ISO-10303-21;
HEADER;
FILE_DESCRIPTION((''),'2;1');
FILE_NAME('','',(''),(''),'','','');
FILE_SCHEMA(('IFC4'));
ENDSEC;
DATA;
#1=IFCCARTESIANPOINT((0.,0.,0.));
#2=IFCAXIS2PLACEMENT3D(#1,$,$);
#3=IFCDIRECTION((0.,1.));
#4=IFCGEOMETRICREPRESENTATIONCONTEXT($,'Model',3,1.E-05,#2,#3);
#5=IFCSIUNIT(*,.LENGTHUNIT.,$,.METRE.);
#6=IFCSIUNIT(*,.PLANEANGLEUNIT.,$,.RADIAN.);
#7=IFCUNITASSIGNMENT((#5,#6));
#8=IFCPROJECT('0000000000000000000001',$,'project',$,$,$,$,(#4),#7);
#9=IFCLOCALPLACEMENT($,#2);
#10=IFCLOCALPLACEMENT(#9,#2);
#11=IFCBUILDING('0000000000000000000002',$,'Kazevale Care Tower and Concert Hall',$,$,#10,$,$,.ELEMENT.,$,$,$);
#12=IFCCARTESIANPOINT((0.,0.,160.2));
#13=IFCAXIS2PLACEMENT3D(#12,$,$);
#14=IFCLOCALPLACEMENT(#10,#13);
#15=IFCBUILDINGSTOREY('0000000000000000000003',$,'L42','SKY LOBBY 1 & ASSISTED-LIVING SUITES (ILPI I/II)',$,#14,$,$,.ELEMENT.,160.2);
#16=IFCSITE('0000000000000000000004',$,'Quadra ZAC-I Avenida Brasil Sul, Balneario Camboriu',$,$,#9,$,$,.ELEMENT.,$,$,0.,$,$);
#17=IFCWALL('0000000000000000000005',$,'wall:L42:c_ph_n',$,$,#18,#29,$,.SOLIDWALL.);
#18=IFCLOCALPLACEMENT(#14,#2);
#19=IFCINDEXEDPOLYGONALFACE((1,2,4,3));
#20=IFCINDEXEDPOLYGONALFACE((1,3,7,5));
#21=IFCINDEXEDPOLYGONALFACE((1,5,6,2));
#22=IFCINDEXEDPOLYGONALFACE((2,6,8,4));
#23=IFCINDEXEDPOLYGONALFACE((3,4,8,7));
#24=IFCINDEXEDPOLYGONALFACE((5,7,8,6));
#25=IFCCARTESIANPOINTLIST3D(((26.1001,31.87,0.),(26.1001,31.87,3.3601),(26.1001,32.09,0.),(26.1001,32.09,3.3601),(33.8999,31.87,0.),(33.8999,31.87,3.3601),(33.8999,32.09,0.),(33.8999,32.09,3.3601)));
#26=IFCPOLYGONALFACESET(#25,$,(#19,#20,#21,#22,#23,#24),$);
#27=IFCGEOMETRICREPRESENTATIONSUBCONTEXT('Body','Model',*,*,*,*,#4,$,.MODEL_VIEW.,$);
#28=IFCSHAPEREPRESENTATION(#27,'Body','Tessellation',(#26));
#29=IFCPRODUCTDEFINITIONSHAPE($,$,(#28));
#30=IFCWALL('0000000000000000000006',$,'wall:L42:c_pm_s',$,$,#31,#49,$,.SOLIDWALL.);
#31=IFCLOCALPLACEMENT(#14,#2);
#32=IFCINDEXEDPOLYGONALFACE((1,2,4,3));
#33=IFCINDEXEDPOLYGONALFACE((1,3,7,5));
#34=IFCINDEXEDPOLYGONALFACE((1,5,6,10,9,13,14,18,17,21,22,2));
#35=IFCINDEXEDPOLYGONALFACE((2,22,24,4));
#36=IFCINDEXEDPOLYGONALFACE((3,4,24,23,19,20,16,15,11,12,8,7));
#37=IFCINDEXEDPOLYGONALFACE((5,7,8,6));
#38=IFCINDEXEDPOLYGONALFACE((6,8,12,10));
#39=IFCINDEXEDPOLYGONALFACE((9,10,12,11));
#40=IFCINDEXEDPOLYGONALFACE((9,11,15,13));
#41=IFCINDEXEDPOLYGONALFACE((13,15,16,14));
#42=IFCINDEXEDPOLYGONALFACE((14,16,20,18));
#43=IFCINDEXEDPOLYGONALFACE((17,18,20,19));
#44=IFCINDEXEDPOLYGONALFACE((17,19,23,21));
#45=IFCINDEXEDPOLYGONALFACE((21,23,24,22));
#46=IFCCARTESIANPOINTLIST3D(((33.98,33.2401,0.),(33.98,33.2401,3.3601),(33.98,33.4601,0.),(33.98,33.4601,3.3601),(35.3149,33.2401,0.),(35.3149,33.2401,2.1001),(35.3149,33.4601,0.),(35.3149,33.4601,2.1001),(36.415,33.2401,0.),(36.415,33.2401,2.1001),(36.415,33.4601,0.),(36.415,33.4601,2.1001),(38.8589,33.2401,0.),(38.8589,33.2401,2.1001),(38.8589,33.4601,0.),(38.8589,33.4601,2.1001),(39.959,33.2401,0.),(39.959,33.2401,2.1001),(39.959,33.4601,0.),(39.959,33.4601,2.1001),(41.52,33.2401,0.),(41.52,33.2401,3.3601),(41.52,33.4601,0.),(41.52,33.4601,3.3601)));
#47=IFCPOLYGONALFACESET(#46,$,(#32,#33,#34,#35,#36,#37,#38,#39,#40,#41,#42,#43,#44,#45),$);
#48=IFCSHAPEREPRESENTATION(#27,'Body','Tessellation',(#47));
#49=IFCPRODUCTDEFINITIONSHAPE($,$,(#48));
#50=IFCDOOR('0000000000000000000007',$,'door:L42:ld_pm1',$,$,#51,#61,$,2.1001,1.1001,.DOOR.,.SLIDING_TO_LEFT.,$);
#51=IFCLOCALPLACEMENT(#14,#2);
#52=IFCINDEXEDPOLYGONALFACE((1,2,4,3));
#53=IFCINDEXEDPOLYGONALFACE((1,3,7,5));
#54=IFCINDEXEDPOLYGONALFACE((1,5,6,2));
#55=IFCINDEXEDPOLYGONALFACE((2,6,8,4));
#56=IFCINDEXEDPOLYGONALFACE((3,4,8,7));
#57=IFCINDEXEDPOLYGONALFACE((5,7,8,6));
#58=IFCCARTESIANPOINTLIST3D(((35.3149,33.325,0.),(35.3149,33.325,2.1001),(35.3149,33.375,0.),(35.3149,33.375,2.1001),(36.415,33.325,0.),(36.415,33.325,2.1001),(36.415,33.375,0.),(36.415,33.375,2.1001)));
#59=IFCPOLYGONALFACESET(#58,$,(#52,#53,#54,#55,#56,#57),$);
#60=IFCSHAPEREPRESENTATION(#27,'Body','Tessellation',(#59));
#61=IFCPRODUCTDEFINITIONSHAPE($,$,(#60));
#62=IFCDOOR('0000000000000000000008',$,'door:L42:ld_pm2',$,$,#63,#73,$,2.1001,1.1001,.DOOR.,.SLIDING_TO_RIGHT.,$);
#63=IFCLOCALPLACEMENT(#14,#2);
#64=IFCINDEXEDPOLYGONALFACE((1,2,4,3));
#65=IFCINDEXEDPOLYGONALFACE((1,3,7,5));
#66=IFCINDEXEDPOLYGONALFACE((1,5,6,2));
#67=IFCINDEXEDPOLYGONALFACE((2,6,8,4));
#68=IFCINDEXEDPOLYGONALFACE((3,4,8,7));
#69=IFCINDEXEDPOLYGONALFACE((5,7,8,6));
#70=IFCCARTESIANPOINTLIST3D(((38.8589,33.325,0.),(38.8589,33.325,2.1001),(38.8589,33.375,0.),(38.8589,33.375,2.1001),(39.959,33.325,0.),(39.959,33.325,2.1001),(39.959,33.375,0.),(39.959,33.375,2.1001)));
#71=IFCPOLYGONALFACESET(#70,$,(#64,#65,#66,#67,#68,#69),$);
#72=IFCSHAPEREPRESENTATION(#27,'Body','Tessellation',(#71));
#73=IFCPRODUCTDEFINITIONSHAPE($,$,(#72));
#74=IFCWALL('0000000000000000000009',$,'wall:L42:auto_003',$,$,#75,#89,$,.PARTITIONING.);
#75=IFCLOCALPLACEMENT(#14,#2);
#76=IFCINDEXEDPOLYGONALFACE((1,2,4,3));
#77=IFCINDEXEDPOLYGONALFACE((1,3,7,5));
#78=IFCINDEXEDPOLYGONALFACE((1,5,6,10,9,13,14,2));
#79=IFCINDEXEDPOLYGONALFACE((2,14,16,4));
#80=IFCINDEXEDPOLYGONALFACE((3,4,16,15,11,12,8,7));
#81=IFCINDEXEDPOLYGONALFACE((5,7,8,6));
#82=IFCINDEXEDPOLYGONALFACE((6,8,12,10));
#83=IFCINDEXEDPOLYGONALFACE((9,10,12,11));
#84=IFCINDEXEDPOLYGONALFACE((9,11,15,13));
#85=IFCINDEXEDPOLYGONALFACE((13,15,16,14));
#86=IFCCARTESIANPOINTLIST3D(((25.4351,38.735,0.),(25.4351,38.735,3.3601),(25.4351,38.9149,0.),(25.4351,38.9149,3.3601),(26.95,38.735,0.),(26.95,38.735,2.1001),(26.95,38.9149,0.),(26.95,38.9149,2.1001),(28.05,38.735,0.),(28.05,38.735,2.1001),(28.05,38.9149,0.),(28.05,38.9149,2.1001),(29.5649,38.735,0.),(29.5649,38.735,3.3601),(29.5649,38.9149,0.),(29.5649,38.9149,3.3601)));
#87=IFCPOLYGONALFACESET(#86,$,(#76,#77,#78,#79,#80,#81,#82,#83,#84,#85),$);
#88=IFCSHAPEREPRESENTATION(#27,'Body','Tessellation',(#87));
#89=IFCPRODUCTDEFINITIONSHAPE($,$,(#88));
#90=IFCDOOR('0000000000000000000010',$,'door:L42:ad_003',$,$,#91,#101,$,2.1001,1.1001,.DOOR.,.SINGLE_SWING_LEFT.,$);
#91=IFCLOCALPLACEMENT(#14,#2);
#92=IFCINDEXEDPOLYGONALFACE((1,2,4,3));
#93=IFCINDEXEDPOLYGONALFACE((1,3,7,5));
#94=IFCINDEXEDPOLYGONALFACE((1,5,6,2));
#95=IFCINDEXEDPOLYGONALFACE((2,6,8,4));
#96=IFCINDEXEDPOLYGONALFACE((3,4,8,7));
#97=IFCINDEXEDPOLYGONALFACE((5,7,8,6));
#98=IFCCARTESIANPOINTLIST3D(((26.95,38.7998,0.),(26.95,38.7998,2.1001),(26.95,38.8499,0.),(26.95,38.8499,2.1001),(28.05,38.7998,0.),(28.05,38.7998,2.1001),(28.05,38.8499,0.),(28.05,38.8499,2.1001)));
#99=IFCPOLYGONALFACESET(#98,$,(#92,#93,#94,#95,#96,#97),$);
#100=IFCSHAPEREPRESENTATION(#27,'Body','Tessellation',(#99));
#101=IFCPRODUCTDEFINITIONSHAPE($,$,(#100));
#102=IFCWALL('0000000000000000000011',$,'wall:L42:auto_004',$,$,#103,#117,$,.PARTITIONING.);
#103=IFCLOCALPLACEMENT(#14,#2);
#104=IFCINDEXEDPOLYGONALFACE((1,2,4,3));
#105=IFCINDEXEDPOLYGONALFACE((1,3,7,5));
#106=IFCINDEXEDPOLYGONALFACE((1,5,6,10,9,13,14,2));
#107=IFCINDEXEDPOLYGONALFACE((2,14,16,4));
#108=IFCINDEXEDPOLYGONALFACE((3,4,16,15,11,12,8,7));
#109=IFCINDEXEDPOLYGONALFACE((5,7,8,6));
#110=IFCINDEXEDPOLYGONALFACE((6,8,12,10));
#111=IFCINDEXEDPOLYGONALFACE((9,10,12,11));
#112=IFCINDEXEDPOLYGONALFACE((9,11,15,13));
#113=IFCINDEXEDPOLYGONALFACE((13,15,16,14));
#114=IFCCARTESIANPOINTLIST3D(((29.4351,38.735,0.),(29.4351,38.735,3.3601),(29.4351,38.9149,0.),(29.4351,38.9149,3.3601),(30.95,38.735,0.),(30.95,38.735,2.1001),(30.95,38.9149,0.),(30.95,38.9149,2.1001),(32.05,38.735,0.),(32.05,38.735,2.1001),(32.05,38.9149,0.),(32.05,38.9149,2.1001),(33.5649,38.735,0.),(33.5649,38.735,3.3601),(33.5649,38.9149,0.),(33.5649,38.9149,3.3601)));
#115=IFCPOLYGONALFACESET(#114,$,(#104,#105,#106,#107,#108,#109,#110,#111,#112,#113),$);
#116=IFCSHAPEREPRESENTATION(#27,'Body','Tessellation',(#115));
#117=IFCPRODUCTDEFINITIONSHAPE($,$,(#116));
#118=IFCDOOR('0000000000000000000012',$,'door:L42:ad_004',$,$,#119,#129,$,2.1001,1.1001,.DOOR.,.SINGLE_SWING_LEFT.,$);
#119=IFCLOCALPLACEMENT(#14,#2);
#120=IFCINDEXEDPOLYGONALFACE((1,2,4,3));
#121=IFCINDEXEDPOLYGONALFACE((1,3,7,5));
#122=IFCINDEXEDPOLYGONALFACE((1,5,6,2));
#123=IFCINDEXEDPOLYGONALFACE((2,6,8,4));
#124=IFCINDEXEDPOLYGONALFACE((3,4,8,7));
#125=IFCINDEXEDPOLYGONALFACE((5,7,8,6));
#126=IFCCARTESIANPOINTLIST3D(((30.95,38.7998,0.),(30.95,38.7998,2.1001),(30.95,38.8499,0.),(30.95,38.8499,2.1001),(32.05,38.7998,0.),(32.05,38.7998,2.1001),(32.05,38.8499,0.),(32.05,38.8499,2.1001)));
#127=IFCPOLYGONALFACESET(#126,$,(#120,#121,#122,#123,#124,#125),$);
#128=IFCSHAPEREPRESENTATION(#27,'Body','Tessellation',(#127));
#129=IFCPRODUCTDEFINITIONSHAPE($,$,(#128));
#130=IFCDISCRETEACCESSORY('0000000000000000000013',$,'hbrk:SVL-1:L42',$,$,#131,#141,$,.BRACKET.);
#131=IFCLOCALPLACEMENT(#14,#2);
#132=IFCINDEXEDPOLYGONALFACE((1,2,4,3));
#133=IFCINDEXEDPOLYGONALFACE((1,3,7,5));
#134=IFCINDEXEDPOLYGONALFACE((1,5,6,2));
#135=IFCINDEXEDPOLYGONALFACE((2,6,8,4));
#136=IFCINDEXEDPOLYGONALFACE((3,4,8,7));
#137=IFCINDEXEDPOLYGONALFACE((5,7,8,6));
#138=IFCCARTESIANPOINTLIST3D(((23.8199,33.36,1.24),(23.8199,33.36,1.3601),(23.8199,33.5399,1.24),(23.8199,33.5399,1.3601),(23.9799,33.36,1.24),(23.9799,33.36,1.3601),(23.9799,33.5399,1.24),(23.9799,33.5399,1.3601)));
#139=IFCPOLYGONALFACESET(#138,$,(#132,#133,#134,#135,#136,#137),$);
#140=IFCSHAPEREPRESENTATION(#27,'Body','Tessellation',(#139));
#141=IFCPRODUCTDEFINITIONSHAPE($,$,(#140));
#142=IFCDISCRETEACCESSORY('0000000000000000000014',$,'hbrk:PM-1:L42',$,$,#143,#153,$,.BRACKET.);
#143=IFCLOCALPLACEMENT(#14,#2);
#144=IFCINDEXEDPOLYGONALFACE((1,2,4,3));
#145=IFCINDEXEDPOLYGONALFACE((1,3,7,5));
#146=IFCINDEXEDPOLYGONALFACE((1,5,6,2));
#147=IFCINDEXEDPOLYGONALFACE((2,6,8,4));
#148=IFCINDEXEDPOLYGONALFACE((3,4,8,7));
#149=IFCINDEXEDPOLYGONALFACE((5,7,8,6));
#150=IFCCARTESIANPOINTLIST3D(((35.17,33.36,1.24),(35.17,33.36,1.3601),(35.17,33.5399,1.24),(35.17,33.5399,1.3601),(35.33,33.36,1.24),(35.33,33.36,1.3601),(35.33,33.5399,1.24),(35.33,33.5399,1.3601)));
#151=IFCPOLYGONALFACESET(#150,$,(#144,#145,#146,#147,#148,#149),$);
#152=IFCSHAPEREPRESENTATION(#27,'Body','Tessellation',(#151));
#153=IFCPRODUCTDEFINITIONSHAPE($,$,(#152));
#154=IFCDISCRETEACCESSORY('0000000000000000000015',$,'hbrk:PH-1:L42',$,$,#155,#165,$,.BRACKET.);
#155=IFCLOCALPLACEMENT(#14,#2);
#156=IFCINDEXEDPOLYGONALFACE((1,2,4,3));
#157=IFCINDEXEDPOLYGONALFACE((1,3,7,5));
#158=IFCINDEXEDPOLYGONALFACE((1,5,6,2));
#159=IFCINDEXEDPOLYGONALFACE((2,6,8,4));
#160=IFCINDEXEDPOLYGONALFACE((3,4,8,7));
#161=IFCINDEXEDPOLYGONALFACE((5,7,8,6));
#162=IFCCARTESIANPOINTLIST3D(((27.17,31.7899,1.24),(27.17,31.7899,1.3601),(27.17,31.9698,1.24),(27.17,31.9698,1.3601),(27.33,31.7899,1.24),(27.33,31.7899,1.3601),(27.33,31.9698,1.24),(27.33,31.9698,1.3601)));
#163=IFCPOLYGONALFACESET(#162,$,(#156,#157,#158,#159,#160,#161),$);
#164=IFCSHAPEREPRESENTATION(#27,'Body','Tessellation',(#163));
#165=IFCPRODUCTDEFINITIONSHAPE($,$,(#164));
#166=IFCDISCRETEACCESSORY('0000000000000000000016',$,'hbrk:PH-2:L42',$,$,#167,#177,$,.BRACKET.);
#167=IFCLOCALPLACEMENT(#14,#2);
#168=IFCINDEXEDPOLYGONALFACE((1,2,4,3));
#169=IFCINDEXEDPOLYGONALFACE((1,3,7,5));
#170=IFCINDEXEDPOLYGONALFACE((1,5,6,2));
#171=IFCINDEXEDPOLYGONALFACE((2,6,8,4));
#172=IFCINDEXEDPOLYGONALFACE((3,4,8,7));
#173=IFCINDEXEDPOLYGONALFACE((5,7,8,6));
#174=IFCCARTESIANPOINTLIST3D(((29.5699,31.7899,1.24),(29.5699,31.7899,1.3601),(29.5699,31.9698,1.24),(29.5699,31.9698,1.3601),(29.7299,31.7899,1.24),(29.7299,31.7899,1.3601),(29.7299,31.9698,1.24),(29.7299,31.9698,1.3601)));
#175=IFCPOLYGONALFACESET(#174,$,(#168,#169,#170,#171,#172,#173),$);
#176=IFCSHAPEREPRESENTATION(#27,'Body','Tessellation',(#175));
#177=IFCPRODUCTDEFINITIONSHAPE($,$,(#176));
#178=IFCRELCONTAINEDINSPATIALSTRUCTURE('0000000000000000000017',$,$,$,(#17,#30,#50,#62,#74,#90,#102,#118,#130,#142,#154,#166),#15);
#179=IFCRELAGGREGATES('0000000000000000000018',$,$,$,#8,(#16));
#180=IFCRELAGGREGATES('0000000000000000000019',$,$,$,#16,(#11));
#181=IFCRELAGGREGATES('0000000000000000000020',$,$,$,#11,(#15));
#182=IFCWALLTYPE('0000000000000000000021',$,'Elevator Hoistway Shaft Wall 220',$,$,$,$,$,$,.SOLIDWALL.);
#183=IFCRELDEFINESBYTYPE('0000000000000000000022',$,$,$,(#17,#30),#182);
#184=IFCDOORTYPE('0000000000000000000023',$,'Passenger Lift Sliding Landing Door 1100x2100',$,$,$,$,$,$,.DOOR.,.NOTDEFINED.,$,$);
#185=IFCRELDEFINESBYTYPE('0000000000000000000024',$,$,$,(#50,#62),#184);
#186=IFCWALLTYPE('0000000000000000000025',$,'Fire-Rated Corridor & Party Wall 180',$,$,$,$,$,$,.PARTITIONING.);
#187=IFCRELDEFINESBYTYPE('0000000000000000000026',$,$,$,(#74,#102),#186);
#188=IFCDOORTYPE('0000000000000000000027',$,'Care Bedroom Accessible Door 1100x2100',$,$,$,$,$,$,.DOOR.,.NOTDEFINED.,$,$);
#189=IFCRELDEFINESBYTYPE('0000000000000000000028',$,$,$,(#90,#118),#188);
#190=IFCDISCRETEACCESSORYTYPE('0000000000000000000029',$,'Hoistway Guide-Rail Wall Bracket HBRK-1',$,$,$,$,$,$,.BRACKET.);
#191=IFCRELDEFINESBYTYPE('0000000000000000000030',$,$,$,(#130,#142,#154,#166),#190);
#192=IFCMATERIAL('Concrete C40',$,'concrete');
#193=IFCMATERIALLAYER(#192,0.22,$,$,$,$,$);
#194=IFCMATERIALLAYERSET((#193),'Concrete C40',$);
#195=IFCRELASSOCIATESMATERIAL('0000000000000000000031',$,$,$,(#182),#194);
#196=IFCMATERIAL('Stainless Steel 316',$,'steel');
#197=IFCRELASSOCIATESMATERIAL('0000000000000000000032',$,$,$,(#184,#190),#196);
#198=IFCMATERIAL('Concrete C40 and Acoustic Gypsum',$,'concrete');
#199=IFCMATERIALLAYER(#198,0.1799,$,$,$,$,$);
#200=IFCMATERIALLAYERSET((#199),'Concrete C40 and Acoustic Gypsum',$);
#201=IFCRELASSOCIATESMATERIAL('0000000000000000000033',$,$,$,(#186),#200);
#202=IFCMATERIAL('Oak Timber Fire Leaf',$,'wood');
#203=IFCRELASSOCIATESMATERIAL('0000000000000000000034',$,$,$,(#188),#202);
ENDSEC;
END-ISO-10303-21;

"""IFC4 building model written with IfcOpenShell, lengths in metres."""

from ifc_helpers import new_model, si_unit, direction, frame, frame_2d, origin, origin_2d, place, context, subcontext, project, spatial, rectangle, extrude, material, layer, layer_set, type_object, element, fill, save


model = new_model("IFC4")

# Units and contexts
model_context = context("Model", 3, precision=1e-05, world=origin(), true_north=direction((0.0, 1.0)))
body_context = subcontext(model_context, "Body", "Model", "MODEL_VIEW")
ifc_project = project(units=[si_unit("LENGTHUNIT", "METRE"), si_unit("PLANEANGLEUNIT", "RADIAN")], contexts=[model_context])

# Site, building, storey
site_placement = place(None, origin())
site = spatial("IfcSite", under=ifc_project, at=site_placement, Name="Quadra ZAC-I Avenida Brasil Sul, Balneario Camboriu", CompositionType="ELEMENT", RefElevation=0.0)
building_placement = place(site_placement, origin())
building = spatial("IfcBuilding", under=site, at=building_placement, Name="Kazevale Care Tower and Concert Hall", CompositionType="ELEMENT")
storey_placement = place(building_placement, frame((0.0, 0.0, 160.2)))
storey = spatial("IfcBuildingStorey", under=building, at=storey_placement, Name="L42", Description="SKY LOBBY 1 & ASSISTED-LIVING SUITES (ILPI I/II)", CompositionType="ELEMENT", Elevation=160.2)

# Shared definitions
ifc_material_1 = material(Name="Oak Timber Fire Leaf", Category="wood")

# Wall
ifc_material_2 = material(Name="Concrete C40", Category="concrete")
ifc_layer_1 = layer(ifc_material_2, 0.22)
ifc_layer_set_1 = layer_set([ifc_layer_1], Name="Concrete C40")
wall_type_1 = type_object("IfcWallType", Name="Elevator Hoistway Shaft Wall 220", PredefinedType="SOLIDWALL", material=ifc_layer_set_1)
wall_1_placement = place(storey_placement, frame((26.1001, 31.98, 0.0), z_axis=(0.0, 0.0, 1.0), x_axis=(1.0, 0.0, 0.0)))
element("IfcWall", 1, at=wall_1_placement, inside=storey, type_object=wall_type_1, Name="wall:L42:c_ph_n", PredefinedType="SOLIDWALL", context=body_context, shape_type="SweptSolid", body=[
    extrude(rectangle(XDim=7.7998, YDim=0.22, at=frame_2d((3.8999, 0.0))), origin(), (0.0, 0.0, 1.0), 3.3601),
])

# Wall, openings, doors
wall_2_placement = place(storey_placement, frame((33.98, 33.3501, 0.0), z_axis=(0.0, 0.0, 1.0), x_axis=(1.0, 0.0, 0.0)))
wall_2 = element("IfcWall", 2, at=wall_2_placement, inside=storey, type_object=wall_type_1, Name="wall:L42:c_pm_s", PredefinedType="SOLIDWALL", context=body_context, shape_type="SweptSolid", body=[
    extrude(rectangle(XDim=7.54, YDim=0.22, at=frame_2d((3.77, 0.0))), origin(), (0.0, 0.0, 1.0), 3.3601),
])
opening_1_placement = place(wall_2_placement, frame((1.335, 0.0, 0.0)))
opening_1 = element("IfcOpeningElement", 3, at=opening_1_placement, cuts=wall_2, PredefinedType="OPENING", context=body_context, shape_type="SweptSolid", body=[
    extrude(rectangle(XDim=1.1001, YDim=2.1001, at=frame_2d((0.55, 1.05))), frame((0.0, 0.1199, 0.0), z_axis=(0.0, -1.0, 0.0), x_axis=(1.0, 0.0, 0.0)), (0.0, 0.0, 1.0), 0.24),
])
opening_2_placement = place(wall_2_placement, frame((4.8789, 0.0, 0.0)))
opening_2 = element("IfcOpeningElement", 4, at=opening_2_placement, cuts=wall_2, PredefinedType="OPENING", context=body_context, shape_type="SweptSolid", body=[
    extrude(rectangle(XDim=1.1001, YDim=2.1001, at=frame_2d((0.55, 1.05))), frame((0.0, 0.1199, 0.0), z_axis=(0.0, -1.0, 0.0), x_axis=(1.0, 0.0, 0.0)), (0.0, 0.0, 1.0), 0.24),
])
ifc_material_3 = material(Name="Stainless Steel 316", Category="steel")
door_type_1 = type_object("IfcDoorType", Name="Passenger Lift Sliding Landing Door 1100x2100", OperationType="NOTDEFINED", PredefinedType="DOOR", material=ifc_material_3)
door_1_placement = place(opening_1_placement, origin())
door_1 = element("IfcDoor", 5, at=door_1_placement, inside=storey, type_object=door_type_1, Name="door:L42:ld_pm1", OperationType="SLIDING_TO_LEFT", OverallHeight=2.1001, OverallWidth=1.1001, PredefinedType="DOOR", context=body_context, shape_type="SweptSolid", body=[
    extrude(rectangle(XDim=1.1001, YDim=2.1001, at=frame_2d((0.55, 1.05))), frame((0.0, 0.0249, 0.0), z_axis=(0.0, -1.0, 0.0), x_axis=(1.0, 0.0, 0.0)), (0.0, 0.0, 1.0), 0.05),
])
fill(opening_1, door_1)
door_2_placement = place(opening_2_placement, origin())
door_2 = element("IfcDoor", 6, at=door_2_placement, inside=storey, type_object=door_type_1, Name="door:L42:ld_pm2", OperationType="SLIDING_TO_RIGHT", OverallHeight=2.1001, OverallWidth=1.1001, PredefinedType="DOOR", context=body_context, shape_type="SweptSolid", body=[
    extrude(rectangle(XDim=1.1001, YDim=2.1001, at=frame_2d((0.55, 1.05))), frame((0.0, 0.0249, 0.0), z_axis=(0.0, -1.0, 0.0), x_axis=(1.0, 0.0, 0.0)), (0.0, 0.0, 1.0), 0.05),
])
fill(opening_2, door_2)

# Walls, openings, doors
ifc_material_4 = material(Name="Concrete C40 and Acoustic Gypsum", Category="concrete")
ifc_layer_2 = layer(ifc_material_4, 0.1799)
ifc_layer_set_2 = layer_set([ifc_layer_2], Name="Concrete C40 and Acoustic Gypsum")
wall_type_2 = type_object("IfcWallType", Name="Fire-Rated Corridor & Party Wall 180", PredefinedType="PARTITIONING", material=ifc_layer_set_2)
wall_3_placement = place(storey_placement, frame((25.4351, 38.825, 0.0), z_axis=(0.0, 0.0, 1.0), x_axis=(1.0, 0.0, 0.0)))
wall_3 = element("IfcWall", 7, at=wall_3_placement, inside=storey, type_object=wall_type_2, Name="wall:L42:auto_003", PredefinedType="PARTITIONING", context=body_context, shape_type="SweptSolid", body=[
    extrude(rectangle(XDim=4.1299, YDim=0.1799, at=frame_2d((2.0649, 0.0))), origin(), (0.0, 0.0, 1.0), 3.3601),
])
opening_3_placement = place(wall_3_placement, frame((1.5149, 0.0, 0.0)))
opening_3 = element("IfcOpeningElement", 8, at=opening_3_placement, cuts=wall_3, PredefinedType="OPENING", context=body_context, shape_type="SweptSolid", body=[
    extrude(rectangle(XDim=1.1001, YDim=2.1001, at=frame_2d((0.55, 1.05))), frame((0.0, 0.0999, 0.0), z_axis=(0.0, -1.0, 0.0), x_axis=(1.0, 0.0, 0.0)), (0.0, 0.0, 1.0), 0.2),
])
door_type_2 = type_object("IfcDoorType", Name="Care Bedroom Accessible Door 1100x2100", OperationType="NOTDEFINED", PredefinedType="DOOR", material=ifc_material_1)
door_3_placement = place(opening_3_placement, origin())
door_3 = element("IfcDoor", 9, at=door_3_placement, inside=storey, type_object=door_type_2, Name="door:L42:ad_003", OperationType="SINGLE_SWING_LEFT", OverallHeight=2.1001, OverallWidth=1.1001, PredefinedType="DOOR", context=body_context, shape_type="SweptSolid", body=[
    extrude(rectangle(XDim=1.1001, YDim=2.1001, at=frame_2d((0.55, 1.05))), frame((0.0, 0.0249, 0.0), z_axis=(0.0, -1.0, 0.0), x_axis=(1.0, 0.0, 0.0)), (0.0, 0.0, 1.0), 0.05),
])
fill(opening_3, door_3)
wall_4_placement = place(storey_placement, frame((29.4351, 38.825, 0.0), z_axis=(0.0, 0.0, 1.0), x_axis=(1.0, 0.0, 0.0)))
wall_4 = element("IfcWall", 10, at=wall_4_placement, inside=storey, type_object=wall_type_2, Name="wall:L42:auto_004", PredefinedType="PARTITIONING", context=body_context, shape_type="SweptSolid", body=[
    extrude(rectangle(XDim=4.1299, YDim=0.1799, at=frame_2d((2.0649, 0.0))), origin(), (0.0, 0.0, 1.0), 3.3601),
])
opening_4_placement = place(wall_4_placement, frame((1.5149, 0.0, 0.0)))
opening_4 = element("IfcOpeningElement", 11, at=opening_4_placement, cuts=wall_4, PredefinedType="OPENING", context=body_context, shape_type="SweptSolid", body=[
    extrude(rectangle(XDim=1.1001, YDim=2.1001, at=frame_2d((0.55, 1.05))), frame((0.0, 0.0999, 0.0), z_axis=(0.0, -1.0, 0.0), x_axis=(1.0, 0.0, 0.0)), (0.0, 0.0, 1.0), 0.2),
])
door_4_placement = place(opening_4_placement, origin())
door_4 = element("IfcDoor", 12, at=door_4_placement, inside=storey, type_object=door_type_2, Name="door:L42:ad_004", OperationType="SINGLE_SWING_LEFT", OverallHeight=2.1001, OverallWidth=1.1001, PredefinedType="DOOR", context=body_context, shape_type="SweptSolid", body=[
    extrude(rectangle(XDim=1.1001, YDim=2.1001, at=frame_2d((0.55, 1.05))), frame((0.0, 0.0249, 0.0), z_axis=(0.0, -1.0, 0.0), x_axis=(1.0, 0.0, 0.0)), (0.0, 0.0, 1.0), 0.05),
])
fill(opening_4, door_4)

# Discrete accessories
discrete_accessory_type = type_object("IfcDiscreteAccessoryType", Name="Hoistway Guide-Rail Wall Bracket HBRK-1", PredefinedType="BRACKET", material=ifc_material_3)
for number, where, z_axis, x_axis, name in (
    (13, (23.8999, 33.45, 1.24), (0.0, 0.0, 1.0), (1.0, 0.0, 0.0), "hbrk:SVL-1:L42"),
    (14, (35.25, 33.45, 1.24), (0.0, 0.0, 1.0), (1.0, 0.0, 0.0), "hbrk:PM-1:L42"),
    (15, (27.25, 31.8799, 1.24), (0.0, 0.0, 1.0), (1.0, 0.0, 0.0), "hbrk:PH-1:L42"),
    (16, (29.6499, 31.8799, 1.24), (0.0, 0.0, 1.0), (1.0, 0.0, 0.0), "hbrk:PH-2:L42"),
):
    element("IfcDiscreteAccessory", number, at=place(storey_placement, frame(where, z_axis=z_axis, x_axis=x_axis)), inside=storey, type_object=discrete_accessory_type, Name=name, PredefinedType="BRACKET", context=body_context, shape_type="SweptSolid", body=[
        extrude(rectangle(XDim=0.1599, YDim=0.1799, at=origin_2d()), origin(), (0.0, 0.0, 1.0), 0.1201),
    ])

save(model, "model.ifc")
